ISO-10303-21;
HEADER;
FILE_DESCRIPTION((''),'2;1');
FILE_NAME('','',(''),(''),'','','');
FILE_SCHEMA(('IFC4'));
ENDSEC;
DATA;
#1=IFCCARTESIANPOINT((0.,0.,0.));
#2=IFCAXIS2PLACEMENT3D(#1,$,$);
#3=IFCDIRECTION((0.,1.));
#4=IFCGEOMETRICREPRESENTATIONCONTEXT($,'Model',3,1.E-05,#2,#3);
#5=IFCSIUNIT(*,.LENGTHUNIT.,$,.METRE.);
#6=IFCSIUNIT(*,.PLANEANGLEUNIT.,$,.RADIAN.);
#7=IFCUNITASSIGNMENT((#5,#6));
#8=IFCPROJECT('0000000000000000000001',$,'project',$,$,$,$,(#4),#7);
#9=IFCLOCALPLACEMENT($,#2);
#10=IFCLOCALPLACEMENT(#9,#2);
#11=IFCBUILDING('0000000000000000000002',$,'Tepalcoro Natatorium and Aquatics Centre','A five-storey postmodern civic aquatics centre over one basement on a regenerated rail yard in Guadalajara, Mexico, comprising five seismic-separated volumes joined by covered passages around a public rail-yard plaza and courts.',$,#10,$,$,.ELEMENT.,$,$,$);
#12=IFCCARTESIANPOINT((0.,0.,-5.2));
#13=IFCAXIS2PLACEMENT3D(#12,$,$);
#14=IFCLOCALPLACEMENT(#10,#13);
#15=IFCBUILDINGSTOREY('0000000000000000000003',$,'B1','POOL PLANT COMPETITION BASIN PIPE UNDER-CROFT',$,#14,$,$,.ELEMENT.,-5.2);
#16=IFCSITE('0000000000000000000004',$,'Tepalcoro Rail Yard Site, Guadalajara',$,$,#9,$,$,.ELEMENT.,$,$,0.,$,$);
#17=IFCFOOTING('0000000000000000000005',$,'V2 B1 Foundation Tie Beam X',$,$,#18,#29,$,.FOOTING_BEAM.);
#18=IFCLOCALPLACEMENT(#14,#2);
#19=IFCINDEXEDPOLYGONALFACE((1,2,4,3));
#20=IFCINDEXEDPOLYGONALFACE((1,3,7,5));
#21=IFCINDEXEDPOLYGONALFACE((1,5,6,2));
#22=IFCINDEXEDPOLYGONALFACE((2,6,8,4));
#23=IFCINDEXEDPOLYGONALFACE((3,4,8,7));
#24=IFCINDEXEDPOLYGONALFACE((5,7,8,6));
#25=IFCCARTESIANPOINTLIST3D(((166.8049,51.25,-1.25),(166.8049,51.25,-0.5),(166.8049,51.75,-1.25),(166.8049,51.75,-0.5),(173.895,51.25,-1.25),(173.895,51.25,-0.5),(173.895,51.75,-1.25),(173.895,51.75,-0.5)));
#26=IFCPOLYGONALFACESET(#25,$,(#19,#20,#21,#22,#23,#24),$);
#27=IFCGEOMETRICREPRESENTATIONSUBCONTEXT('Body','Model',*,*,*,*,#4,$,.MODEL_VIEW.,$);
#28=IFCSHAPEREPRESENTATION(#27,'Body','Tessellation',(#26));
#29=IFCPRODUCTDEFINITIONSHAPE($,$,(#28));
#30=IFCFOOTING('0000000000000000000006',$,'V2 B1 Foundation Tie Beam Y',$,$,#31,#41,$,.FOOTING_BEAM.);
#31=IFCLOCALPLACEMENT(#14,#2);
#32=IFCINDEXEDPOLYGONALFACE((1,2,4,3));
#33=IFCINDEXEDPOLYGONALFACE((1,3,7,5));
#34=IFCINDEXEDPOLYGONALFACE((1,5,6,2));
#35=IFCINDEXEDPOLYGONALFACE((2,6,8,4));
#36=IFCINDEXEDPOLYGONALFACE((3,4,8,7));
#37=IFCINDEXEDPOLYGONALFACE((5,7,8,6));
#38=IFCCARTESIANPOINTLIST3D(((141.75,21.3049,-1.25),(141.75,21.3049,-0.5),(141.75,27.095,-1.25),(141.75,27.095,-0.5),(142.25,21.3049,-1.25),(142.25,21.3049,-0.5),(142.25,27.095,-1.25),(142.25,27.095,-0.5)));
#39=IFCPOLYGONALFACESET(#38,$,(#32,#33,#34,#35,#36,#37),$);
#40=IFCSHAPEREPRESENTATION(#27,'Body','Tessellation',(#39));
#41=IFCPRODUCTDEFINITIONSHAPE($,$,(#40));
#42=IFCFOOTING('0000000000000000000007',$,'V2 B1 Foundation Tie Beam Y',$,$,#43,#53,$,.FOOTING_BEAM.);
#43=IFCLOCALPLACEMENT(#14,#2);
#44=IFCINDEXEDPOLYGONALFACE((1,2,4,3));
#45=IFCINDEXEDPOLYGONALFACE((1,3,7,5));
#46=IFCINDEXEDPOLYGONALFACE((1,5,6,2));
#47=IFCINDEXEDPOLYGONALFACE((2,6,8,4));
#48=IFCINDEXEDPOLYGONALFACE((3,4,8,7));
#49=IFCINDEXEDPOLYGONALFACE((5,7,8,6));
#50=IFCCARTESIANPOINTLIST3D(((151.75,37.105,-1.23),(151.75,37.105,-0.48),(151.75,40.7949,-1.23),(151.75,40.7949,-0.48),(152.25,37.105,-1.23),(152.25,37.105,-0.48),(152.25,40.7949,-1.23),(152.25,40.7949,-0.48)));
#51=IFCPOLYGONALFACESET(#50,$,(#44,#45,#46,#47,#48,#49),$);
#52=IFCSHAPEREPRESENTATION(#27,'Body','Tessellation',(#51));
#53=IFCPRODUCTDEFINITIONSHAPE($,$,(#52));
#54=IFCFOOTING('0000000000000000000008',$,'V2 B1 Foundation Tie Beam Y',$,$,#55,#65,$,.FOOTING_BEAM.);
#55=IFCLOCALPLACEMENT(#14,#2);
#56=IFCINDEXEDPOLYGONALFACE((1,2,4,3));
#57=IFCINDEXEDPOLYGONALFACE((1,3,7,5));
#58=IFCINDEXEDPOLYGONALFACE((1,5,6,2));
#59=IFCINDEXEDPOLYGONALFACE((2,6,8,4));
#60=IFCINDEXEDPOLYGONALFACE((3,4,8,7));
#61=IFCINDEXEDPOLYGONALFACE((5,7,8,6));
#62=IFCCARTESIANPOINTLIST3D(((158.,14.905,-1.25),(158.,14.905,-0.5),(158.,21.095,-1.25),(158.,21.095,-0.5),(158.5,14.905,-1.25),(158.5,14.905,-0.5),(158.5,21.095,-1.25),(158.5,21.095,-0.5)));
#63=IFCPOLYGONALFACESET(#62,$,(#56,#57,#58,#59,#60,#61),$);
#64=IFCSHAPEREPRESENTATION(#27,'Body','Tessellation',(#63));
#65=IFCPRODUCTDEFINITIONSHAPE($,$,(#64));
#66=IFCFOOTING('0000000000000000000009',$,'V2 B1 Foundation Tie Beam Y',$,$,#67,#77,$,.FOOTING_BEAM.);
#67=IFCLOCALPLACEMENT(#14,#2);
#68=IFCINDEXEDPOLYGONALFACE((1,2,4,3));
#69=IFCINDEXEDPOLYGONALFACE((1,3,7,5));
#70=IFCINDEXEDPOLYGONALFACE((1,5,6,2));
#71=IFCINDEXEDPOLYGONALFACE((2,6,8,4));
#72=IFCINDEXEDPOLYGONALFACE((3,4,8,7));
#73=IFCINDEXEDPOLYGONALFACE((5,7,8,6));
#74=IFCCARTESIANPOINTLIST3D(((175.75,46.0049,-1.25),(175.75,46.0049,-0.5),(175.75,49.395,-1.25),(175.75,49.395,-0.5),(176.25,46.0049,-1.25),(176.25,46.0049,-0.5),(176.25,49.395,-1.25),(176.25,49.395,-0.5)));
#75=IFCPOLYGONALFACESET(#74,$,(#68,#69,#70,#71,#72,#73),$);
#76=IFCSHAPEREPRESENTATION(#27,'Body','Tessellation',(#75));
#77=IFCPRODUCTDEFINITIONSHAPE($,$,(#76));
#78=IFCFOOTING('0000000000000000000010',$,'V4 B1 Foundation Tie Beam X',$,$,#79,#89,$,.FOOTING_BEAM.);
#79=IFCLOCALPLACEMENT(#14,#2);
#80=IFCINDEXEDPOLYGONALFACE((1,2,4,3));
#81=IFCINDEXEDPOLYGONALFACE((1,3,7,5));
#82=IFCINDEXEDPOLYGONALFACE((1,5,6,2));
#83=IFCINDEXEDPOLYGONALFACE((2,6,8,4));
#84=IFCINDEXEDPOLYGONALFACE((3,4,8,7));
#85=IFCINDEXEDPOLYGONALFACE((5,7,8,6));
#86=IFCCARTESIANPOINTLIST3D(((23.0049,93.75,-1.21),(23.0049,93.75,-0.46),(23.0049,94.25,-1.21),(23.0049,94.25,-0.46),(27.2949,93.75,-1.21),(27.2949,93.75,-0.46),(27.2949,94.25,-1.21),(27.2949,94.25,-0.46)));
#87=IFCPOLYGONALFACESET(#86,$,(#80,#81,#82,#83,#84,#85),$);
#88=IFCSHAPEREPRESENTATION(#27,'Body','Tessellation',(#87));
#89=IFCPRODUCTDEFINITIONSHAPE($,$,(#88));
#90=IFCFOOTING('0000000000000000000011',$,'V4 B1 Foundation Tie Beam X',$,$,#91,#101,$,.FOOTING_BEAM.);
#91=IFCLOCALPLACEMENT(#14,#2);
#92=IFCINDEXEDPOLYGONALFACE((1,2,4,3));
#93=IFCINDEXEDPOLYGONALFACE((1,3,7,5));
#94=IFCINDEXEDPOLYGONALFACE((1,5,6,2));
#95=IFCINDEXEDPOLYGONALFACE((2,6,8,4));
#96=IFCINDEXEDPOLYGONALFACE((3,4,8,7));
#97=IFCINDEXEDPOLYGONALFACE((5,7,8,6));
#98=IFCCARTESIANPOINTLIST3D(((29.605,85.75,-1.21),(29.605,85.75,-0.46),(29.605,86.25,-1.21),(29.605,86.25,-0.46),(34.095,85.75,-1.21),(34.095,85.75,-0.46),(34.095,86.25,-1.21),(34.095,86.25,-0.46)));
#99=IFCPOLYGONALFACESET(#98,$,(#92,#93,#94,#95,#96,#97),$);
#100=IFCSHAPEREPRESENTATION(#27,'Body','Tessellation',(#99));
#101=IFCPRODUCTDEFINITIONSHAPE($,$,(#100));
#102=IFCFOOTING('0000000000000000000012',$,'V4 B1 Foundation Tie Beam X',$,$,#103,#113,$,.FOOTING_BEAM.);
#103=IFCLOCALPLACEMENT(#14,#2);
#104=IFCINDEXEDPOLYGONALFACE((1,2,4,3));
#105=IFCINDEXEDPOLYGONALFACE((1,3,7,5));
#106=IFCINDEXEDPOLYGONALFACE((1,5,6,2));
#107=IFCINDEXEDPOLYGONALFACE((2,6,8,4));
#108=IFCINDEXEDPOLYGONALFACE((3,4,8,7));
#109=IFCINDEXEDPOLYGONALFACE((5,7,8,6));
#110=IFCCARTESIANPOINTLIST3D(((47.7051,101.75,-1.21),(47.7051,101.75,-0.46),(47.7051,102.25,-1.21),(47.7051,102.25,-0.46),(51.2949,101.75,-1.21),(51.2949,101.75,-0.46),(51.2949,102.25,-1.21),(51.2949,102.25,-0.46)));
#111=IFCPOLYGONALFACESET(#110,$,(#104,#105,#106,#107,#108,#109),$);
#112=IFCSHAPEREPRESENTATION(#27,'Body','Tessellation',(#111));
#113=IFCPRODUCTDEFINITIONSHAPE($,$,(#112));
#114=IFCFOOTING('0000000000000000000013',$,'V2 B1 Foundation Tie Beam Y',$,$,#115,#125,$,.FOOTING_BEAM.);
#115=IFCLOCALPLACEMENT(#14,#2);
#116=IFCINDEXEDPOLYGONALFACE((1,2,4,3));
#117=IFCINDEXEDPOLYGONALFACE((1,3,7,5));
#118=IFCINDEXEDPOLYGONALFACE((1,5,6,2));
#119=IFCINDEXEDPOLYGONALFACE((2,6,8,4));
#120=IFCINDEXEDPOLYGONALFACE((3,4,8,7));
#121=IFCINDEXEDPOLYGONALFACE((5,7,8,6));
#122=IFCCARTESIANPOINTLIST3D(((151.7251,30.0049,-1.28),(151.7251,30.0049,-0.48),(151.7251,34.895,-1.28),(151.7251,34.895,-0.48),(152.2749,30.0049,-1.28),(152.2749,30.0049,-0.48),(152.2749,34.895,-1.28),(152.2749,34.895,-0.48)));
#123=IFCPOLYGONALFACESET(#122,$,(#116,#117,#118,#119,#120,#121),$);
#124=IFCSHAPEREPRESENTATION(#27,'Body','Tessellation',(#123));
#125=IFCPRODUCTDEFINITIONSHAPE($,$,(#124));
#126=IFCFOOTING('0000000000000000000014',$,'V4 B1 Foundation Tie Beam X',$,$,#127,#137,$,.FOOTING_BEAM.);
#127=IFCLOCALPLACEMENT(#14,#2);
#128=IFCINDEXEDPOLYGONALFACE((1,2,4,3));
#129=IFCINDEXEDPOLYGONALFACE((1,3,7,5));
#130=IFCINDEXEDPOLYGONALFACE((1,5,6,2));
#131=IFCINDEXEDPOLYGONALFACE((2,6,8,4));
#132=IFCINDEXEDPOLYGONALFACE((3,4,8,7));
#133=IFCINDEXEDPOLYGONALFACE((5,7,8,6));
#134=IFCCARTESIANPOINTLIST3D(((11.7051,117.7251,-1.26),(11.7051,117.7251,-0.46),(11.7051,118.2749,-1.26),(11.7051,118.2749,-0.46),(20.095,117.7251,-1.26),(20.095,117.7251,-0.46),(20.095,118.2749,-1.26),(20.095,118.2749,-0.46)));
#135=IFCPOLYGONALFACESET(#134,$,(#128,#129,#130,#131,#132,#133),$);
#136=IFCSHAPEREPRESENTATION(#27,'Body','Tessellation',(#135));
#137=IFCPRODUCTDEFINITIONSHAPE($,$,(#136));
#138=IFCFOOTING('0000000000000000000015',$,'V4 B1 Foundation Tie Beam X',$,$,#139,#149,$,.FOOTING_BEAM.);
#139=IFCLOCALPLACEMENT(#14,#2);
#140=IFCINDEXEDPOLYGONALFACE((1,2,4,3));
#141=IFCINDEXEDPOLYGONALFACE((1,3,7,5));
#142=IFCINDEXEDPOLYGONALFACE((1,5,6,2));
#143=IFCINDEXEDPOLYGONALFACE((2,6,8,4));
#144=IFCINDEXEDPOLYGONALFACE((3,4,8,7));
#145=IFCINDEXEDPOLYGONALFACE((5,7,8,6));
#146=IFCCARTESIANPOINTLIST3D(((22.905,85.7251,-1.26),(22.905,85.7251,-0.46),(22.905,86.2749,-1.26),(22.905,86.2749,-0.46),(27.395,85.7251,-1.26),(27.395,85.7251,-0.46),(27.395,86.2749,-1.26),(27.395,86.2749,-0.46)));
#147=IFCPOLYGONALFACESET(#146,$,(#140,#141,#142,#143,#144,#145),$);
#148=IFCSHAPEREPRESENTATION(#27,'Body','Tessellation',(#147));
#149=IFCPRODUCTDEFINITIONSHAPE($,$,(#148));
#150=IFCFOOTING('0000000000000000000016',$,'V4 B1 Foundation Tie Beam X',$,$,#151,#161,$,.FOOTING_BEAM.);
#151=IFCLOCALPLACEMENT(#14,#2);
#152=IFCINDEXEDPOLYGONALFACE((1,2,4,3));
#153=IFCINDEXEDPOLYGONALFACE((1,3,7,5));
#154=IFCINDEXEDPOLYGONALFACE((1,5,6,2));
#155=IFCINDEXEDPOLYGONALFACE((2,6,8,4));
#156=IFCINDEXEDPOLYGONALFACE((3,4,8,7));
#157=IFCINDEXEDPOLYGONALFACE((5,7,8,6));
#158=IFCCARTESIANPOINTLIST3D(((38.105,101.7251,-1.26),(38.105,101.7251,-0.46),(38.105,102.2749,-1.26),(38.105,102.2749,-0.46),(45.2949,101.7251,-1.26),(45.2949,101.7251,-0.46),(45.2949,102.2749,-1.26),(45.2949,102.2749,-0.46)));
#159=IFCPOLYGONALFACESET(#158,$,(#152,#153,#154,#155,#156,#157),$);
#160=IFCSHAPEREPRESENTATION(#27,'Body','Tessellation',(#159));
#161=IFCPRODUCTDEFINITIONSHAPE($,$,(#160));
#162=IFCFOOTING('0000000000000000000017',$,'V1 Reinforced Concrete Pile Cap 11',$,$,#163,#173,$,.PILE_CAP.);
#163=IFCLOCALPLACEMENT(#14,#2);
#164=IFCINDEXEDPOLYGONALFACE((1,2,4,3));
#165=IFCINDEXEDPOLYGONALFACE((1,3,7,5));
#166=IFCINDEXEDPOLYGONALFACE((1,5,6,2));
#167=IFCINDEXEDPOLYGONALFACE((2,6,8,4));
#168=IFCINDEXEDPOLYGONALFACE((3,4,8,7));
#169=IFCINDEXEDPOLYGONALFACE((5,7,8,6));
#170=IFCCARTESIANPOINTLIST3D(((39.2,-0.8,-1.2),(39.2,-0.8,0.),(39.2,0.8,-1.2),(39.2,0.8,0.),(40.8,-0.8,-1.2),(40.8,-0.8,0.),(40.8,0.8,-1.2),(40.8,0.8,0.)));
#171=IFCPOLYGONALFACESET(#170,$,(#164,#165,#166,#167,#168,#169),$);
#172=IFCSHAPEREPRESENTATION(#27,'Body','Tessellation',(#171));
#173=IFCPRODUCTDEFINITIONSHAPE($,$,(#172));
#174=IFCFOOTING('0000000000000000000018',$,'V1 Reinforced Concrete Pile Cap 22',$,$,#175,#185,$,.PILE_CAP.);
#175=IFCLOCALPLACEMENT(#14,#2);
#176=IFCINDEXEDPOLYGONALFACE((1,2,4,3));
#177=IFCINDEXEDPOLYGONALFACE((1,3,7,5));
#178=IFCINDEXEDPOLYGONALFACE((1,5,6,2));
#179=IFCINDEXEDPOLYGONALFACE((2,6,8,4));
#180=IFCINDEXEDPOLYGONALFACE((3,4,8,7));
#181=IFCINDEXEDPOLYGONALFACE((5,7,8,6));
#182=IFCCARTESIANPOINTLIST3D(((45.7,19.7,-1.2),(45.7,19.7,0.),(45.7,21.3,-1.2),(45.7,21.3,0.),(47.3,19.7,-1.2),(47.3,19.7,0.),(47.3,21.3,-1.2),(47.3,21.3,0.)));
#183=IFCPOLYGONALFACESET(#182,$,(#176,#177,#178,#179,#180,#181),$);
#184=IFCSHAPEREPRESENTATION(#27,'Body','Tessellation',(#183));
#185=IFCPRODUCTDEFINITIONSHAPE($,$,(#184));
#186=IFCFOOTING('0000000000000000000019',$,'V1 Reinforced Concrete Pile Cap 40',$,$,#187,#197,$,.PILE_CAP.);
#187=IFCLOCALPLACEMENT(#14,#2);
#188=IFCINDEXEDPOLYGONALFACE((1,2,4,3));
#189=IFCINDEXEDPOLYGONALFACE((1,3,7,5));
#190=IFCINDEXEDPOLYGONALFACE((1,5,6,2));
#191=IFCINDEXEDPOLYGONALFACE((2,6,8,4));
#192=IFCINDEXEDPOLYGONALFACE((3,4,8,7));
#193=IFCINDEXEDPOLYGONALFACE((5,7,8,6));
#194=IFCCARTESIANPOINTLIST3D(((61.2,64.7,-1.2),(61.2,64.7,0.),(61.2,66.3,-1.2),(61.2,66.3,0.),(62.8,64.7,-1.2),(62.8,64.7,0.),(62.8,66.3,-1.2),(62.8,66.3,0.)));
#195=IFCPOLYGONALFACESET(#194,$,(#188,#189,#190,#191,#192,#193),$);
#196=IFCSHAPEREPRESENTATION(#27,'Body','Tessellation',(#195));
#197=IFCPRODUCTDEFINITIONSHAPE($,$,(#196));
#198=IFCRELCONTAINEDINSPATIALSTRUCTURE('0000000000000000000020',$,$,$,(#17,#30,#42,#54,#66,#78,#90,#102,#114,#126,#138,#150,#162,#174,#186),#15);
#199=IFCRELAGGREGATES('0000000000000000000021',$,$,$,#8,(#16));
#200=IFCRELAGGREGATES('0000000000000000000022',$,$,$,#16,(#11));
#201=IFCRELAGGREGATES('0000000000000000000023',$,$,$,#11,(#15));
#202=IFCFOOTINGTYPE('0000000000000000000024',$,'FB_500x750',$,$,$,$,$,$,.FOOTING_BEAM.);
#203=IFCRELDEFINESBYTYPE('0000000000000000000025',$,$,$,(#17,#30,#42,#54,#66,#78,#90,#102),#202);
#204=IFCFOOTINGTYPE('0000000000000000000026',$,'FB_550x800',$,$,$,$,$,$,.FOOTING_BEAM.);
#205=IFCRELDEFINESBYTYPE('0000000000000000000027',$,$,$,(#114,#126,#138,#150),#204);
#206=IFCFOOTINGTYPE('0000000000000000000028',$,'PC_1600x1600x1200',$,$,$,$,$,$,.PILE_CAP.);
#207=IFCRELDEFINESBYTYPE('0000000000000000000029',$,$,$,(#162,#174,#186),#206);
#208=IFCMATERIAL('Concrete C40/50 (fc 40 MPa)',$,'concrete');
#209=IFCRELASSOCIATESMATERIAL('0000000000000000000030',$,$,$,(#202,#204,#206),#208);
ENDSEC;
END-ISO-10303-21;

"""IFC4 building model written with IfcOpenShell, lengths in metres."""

from ifc_helpers import new_model, si_unit, direction, frame, origin, place, context, subcontext, project, spatial, polyline, outline, extrude, material, type_object, element, save


model = new_model("IFC4")

# Units and contexts
model_context = context("Model", 3, precision=1e-05, world=origin(), true_north=direction((0.0, 1.0)))
body_context = subcontext(model_context, "Body", "Model", "MODEL_VIEW")
ifc_project = project(units=[si_unit("LENGTHUNIT", "METRE"), si_unit("PLANEANGLEUNIT", "RADIAN")], contexts=[model_context])

# Site, building, storey
site_placement = place(None, origin())
site = spatial("IfcSite", under=ifc_project, at=site_placement, Name="Tepalcoro Rail Yard Site, Guadalajara", CompositionType="ELEMENT", RefElevation=0.0)
building_placement = place(site_placement, origin())
building = spatial("IfcBuilding", under=site, at=building_placement, Name="Tepalcoro Natatorium and Aquatics Centre", Description="A five-storey postmodern civic aquatics centre over one basement on a regenerated rail yard in Guadalajara, Mexico, comprising five seismic-separated volumes joined by covered passages around a public rail-yard plaza and courts.", CompositionType="ELEMENT")
storey_placement = place(building_placement, frame((0.0, 0.0, -5.2)))
storey = spatial("IfcBuildingStorey", under=building, at=storey_placement, Name="B1", Description="POOL PLANT COMPETITION BASIN PIPE UNDER-CROFT", CompositionType="ELEMENT", Elevation=-5.2)

# Footings
ifc_material = material(Name="Concrete C40/50 (fc 40 MPa)", Category="concrete")
footing_type_1 = type_object("IfcFootingType", Name="FB_500x750", PredefinedType="FOOTING_BEAM", material=ifc_material)
footing_1_placement = place(storey_placement, frame((0.0, 0.0, -1.25)))
element("IfcFooting", 1, at=footing_1_placement, inside=storey, type_object=footing_type_1, Name="V2 B1 Foundation Tie Beam X", PredefinedType="FOOTING_BEAM", context=body_context, shape_type="SweptSolid", body=[
    extrude(outline(polyline([(166.8049, 51.25), (173.895, 51.25), (173.895, 51.75), (166.8049, 51.75), (166.8049, 51.25)])), origin(), (0.0, 0.0, 1.0), 0.75),
])
footing_2_placement = place(storey_placement, frame((0.0, 0.0, -1.25)))
element("IfcFooting", 2, at=footing_2_placement, inside=storey, type_object=footing_type_1, Name="V2 B1 Foundation Tie Beam Y", PredefinedType="FOOTING_BEAM", context=body_context, shape_type="SweptSolid", body=[
    extrude(outline(polyline([(142.25, 21.3049), (142.25, 27.095), (141.75, 27.095), (141.75, 21.3049), (142.25, 21.3049)])), origin(), (0.0, 0.0, 1.0), 0.75),
])
footing_3_placement = place(storey_placement, frame((0.0, 0.0, -1.23)))
element("IfcFooting", 3, at=footing_3_placement, inside=storey, type_object=footing_type_1, Name="V2 B1 Foundation Tie Beam Y", PredefinedType="FOOTING_BEAM", context=body_context, shape_type="SweptSolid", body=[
    extrude(outline(polyline([(152.25, 37.105), (152.25, 40.7949), (151.75, 40.7949), (151.75, 37.105), (152.25, 37.105)])), origin(), (0.0, 0.0, 1.0), 0.75),
])
footing_4_placement = place(storey_placement, frame((0.0, 0.0, -1.25)))
element("IfcFooting", 4, at=footing_4_placement, inside=storey, type_object=footing_type_1, Name="V2 B1 Foundation Tie Beam Y", PredefinedType="FOOTING_BEAM", context=body_context, shape_type="SweptSolid", body=[
    extrude(outline(polyline([(158.5, 14.905), (158.5, 21.095), (158.0, 21.095), (158.0, 14.905), (158.5, 14.905)])), origin(), (0.0, 0.0, 1.0), 0.75),
])
footing_5_placement = place(storey_placement, frame((0.0, 0.0, -1.25)))
element("IfcFooting", 5, at=footing_5_placement, inside=storey, type_object=footing_type_1, Name="V2 B1 Foundation Tie Beam Y", PredefinedType="FOOTING_BEAM", context=body_context, shape_type="SweptSolid", body=[
    extrude(outline(polyline([(176.25, 46.0049), (176.25, 49.395), (175.75, 49.395), (175.75, 46.0049), (176.25, 46.0049)])), origin(), (0.0, 0.0, 1.0), 0.75),
])
footing_6_placement = place(storey_placement, frame((0.0, 0.0, -1.21)))
element("IfcFooting", 6, at=footing_6_placement, inside=storey, type_object=footing_type_1, Name="V4 B1 Foundation Tie Beam X", PredefinedType="FOOTING_BEAM", context=body_context, shape_type="SweptSolid", body=[
    extrude(outline(polyline([(23.0049, 93.75), (27.2949, 93.75), (27.2949, 94.25), (23.0049, 94.25), (23.0049, 93.75)])), origin(), (0.0, 0.0, 1.0), 0.75),
])
footing_7_placement = place(storey_placement, frame((0.0, 0.0, -1.21)))
element("IfcFooting", 7, at=footing_7_placement, inside=storey, type_object=footing_type_1, Name="V4 B1 Foundation Tie Beam X", PredefinedType="FOOTING_BEAM", context=body_context, shape_type="SweptSolid", body=[
    extrude(outline(polyline([(29.605, 85.75), (34.095, 85.75), (34.095, 86.25), (29.605, 86.25), (29.605, 85.75)])), origin(), (0.0, 0.0, 1.0), 0.75),
])
footing_8_placement = place(storey_placement, frame((0.0, 0.0, -1.21)))
element("IfcFooting", 8, at=footing_8_placement, inside=storey, type_object=footing_type_1, Name="V4 B1 Foundation Tie Beam X", PredefinedType="FOOTING_BEAM", context=body_context, shape_type="SweptSolid", body=[
    extrude(outline(polyline([(47.7051, 101.75), (51.2949, 101.75), (51.2949, 102.25), (47.7051, 102.25), (47.7051, 101.75)])), origin(), (0.0, 0.0, 1.0), 0.75),
])
footing_type_2 = type_object("IfcFootingType", Name="FB_550x800", PredefinedType="FOOTING_BEAM", material=ifc_material)
footing_9_placement = place(storey_placement, frame((0.0, 0.0, -1.28)))
element("IfcFooting", 9, at=footing_9_placement, inside=storey, type_object=footing_type_2, Name="V2 B1 Foundation Tie Beam Y", PredefinedType="FOOTING_BEAM", context=body_context, shape_type="SweptSolid", body=[
    extrude(outline(polyline([(152.2749, 30.0049), (152.2749, 34.895), (151.7251, 34.895), (151.7251, 30.0049), (152.2749, 30.0049)])), origin(), (0.0, 0.0, 1.0), 0.8),
])
footing_10_placement = place(storey_placement, frame((0.0, 0.0, -1.26)))
element("IfcFooting", 10, at=footing_10_placement, inside=storey, type_object=footing_type_2, Name="V4 B1 Foundation Tie Beam X", PredefinedType="FOOTING_BEAM", context=body_context, shape_type="SweptSolid", body=[
    extrude(outline(polyline([(11.7051, 117.7251), (20.095, 117.7251), (20.095, 118.2749), (11.7051, 118.2749), (11.7051, 117.7251)])), origin(), (0.0, 0.0, 1.0), 0.8),
])
footing_11_placement = place(storey_placement, frame((0.0, 0.0, -1.26)))
element("IfcFooting", 11, at=footing_11_placement, inside=storey, type_object=footing_type_2, Name="V4 B1 Foundation Tie Beam X", PredefinedType="FOOTING_BEAM", context=body_context, shape_type="SweptSolid", body=[
    extrude(outline(polyline([(22.905, 85.7251), (27.395, 85.7251), (27.395, 86.2749), (22.905, 86.2749), (22.905, 85.7251)])), origin(), (0.0, 0.0, 1.0), 0.8),
])
footing_12_placement = place(storey_placement, frame((0.0, 0.0, -1.26)))
element("IfcFooting", 12, at=footing_12_placement, inside=storey, type_object=footing_type_2, Name="V4 B1 Foundation Tie Beam X", PredefinedType="FOOTING_BEAM", context=body_context, shape_type="SweptSolid", body=[
    extrude(outline(polyline([(38.105, 101.7251), (45.2949, 101.7251), (45.2949, 102.2749), (38.105, 102.2749), (38.105, 101.7251)])), origin(), (0.0, 0.0, 1.0), 0.8),
])
footing_type_3 = type_object("IfcFootingType", Name="PC_1600x1600x1200", PredefinedType="PILE_CAP", material=ifc_material)
footing_13_placement = place(storey_placement, frame((0.0, 0.0, -1.2)))
element("IfcFooting", 13, at=footing_13_placement, inside=storey, type_object=footing_type_3, Name="V1 Reinforced Concrete Pile Cap 11", PredefinedType="PILE_CAP", context=body_context, shape_type="SweptSolid", body=[
    extrude(outline(polyline([(39.2, -0.8), (40.8, -0.8), (40.8, 0.8), (39.2, 0.8), (39.2, -0.8)])), origin(), (0.0, 0.0, 1.0), 1.2),
])
footing_14_placement = place(storey_placement, frame((0.0, 0.0, -1.2)))
element("IfcFooting", 14, at=footing_14_placement, inside=storey, type_object=footing_type_3, Name="V1 Reinforced Concrete Pile Cap 22", PredefinedType="PILE_CAP", context=body_context, shape_type="SweptSolid", body=[
    extrude(outline(polyline([(45.7, 19.7), (47.3, 19.7), (47.3, 21.3), (45.7, 21.3), (45.7, 19.7)])), origin(), (0.0, 0.0, 1.0), 1.2),
])
footing_15_placement = place(storey_placement, frame((0.0, 0.0, -1.2)))
element("IfcFooting", 15, at=footing_15_placement, inside=storey, type_object=footing_type_3, Name="V1 Reinforced Concrete Pile Cap 40", PredefinedType="PILE_CAP", context=body_context, shape_type="SweptSolid", body=[
    extrude(outline(polyline([(61.2, 64.7), (62.8, 64.7), (62.8, 66.3), (61.2, 66.3), (61.2, 64.7)])), origin(), (0.0, 0.0, 1.0), 1.2),
])

save(model, "model.ifc")
